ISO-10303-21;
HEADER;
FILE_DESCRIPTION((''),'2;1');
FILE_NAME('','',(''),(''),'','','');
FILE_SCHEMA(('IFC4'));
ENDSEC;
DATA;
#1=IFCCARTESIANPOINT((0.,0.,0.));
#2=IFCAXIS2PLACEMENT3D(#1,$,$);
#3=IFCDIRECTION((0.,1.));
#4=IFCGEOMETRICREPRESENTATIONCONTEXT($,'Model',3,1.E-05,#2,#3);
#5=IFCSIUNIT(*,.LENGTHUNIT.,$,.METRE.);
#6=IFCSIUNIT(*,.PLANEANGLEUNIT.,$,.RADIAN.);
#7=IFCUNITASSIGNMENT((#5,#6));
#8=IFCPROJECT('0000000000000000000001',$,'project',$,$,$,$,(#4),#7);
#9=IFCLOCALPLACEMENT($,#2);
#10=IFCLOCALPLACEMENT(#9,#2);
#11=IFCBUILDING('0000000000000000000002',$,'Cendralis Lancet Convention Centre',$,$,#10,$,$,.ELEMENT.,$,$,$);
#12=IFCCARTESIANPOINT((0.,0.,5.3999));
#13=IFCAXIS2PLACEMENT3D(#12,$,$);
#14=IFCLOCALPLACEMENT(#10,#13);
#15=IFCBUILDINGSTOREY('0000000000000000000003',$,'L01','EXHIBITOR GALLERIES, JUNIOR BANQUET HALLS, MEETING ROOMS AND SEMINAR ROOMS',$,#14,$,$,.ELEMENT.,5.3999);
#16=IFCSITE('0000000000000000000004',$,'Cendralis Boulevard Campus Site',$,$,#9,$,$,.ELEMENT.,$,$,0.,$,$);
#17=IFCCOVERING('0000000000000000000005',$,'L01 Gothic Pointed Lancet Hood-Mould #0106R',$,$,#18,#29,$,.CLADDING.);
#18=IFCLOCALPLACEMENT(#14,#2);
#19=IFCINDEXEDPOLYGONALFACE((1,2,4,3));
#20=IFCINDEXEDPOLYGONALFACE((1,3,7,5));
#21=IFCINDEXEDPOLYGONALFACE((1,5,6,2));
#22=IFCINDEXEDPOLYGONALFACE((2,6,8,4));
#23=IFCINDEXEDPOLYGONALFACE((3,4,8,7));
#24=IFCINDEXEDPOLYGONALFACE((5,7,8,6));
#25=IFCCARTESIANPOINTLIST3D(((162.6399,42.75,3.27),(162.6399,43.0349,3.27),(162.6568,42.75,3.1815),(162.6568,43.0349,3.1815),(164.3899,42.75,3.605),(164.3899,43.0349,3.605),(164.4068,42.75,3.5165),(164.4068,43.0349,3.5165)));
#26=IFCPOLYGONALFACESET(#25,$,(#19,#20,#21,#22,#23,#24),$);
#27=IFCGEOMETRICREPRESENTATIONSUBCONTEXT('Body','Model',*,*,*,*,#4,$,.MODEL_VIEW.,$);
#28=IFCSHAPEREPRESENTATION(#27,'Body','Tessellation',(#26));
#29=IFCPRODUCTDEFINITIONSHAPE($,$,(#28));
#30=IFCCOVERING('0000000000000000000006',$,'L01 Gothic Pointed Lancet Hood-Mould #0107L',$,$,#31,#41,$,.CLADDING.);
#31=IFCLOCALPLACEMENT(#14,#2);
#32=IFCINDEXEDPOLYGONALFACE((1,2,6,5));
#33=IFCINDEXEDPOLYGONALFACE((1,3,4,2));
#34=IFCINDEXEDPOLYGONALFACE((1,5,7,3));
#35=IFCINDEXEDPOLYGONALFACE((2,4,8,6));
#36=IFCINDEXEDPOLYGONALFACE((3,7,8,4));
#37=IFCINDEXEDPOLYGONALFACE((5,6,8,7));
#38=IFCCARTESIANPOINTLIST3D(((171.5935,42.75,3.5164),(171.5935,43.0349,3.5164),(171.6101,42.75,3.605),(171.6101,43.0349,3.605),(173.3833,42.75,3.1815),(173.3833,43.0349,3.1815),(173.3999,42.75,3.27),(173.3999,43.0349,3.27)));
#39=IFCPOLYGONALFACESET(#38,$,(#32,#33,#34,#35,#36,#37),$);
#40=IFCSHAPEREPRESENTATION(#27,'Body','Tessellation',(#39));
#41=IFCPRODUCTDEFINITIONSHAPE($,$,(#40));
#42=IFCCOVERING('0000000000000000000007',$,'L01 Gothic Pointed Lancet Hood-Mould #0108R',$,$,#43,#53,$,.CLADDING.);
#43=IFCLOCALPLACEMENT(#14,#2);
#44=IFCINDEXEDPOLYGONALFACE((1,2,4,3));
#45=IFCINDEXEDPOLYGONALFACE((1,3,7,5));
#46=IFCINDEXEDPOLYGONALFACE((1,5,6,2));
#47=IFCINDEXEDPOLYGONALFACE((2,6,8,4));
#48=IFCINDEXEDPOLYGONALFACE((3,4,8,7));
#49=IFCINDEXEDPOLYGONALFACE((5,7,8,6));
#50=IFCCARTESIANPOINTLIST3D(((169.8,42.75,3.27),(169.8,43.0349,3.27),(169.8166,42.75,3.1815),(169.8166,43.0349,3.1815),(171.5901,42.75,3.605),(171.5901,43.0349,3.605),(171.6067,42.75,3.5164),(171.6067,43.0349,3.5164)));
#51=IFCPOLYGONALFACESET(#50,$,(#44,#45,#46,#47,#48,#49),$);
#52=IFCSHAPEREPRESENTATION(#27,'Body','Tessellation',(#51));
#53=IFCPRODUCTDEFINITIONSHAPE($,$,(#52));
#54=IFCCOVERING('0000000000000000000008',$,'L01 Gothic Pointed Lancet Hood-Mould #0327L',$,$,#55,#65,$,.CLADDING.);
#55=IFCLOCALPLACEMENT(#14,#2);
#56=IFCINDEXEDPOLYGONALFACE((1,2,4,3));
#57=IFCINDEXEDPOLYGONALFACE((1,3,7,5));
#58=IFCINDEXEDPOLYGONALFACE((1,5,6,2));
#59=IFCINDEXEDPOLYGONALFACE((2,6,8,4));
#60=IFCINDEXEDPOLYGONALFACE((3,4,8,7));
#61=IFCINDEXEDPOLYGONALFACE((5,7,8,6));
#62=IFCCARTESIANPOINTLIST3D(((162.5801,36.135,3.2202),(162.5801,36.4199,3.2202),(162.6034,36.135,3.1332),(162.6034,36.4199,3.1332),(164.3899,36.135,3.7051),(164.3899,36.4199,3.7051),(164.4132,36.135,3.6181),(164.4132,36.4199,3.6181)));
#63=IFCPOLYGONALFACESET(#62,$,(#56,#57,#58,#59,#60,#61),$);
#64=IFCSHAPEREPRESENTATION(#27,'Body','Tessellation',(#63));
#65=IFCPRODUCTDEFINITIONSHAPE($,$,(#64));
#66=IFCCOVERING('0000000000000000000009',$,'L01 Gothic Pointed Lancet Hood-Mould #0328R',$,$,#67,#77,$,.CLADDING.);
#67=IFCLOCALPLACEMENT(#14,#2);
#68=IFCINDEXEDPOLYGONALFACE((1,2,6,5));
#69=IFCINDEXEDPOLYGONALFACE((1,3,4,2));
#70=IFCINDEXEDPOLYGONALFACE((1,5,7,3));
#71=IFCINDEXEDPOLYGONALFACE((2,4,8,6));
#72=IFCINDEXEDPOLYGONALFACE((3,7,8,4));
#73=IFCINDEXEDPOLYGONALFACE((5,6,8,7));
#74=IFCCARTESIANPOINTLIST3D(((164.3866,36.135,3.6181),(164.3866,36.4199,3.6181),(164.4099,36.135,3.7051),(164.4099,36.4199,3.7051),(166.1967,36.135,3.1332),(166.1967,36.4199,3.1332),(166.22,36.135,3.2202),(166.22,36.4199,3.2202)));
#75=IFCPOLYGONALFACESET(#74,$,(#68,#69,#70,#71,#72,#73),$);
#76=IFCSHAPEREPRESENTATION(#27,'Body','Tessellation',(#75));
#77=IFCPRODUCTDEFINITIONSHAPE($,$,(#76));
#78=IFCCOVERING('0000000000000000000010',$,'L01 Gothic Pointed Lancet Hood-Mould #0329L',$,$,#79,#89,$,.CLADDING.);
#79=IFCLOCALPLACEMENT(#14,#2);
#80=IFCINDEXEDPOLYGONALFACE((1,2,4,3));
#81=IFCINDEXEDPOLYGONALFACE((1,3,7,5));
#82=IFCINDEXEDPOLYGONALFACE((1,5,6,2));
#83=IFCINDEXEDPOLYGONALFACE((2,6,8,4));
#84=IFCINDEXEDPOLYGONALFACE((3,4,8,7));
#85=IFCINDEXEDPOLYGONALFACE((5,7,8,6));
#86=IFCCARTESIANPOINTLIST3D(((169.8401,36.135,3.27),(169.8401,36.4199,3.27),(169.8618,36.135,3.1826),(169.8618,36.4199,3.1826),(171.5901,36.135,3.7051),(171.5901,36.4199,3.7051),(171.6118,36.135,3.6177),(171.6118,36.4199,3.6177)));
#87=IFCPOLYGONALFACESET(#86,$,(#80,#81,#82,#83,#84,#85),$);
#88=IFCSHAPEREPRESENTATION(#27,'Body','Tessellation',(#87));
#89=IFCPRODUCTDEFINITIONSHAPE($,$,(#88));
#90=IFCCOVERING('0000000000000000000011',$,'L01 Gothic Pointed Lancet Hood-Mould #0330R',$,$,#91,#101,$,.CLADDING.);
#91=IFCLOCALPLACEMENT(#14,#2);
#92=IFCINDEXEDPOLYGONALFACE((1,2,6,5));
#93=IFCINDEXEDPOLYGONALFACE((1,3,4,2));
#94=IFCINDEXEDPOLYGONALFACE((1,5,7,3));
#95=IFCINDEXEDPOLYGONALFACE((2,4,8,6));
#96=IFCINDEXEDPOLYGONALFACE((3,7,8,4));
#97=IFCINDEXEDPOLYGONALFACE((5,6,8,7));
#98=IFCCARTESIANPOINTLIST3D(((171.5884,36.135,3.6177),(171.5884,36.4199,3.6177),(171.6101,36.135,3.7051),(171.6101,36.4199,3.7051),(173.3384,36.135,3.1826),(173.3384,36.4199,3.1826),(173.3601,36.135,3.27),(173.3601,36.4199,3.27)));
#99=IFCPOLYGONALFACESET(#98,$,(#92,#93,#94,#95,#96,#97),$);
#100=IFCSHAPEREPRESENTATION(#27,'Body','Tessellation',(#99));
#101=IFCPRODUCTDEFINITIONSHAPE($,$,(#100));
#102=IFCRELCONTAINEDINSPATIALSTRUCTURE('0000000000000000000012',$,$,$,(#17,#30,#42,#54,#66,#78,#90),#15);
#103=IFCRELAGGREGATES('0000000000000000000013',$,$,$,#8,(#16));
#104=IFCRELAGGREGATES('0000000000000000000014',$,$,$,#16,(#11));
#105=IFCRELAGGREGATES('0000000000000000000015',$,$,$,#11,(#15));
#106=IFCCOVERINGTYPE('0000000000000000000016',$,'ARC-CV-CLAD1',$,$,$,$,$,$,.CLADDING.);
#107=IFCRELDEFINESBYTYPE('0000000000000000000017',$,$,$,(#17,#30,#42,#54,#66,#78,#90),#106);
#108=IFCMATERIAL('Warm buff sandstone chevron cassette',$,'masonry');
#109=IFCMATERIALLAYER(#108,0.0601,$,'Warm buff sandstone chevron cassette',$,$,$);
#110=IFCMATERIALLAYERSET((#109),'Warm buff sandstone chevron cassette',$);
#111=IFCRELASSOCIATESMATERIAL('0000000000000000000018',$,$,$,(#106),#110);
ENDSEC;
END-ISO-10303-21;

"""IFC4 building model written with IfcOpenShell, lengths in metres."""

from ifc_helpers import new_model, si_unit, direction, frame, origin, place, context, subcontext, project, spatial, polyline, outline, extrude, material, layer, layer_set, type_object, element, save


model = new_model("IFC4")

# Units and contexts
model_context = context("Model", 3, precision=1e-05, world=origin(), true_north=direction((0.0, 1.0)))
body_context = subcontext(model_context, "Body", "Model", "MODEL_VIEW")
ifc_project = project(units=[si_unit("LENGTHUNIT", "METRE"), si_unit("PLANEANGLEUNIT", "RADIAN")], contexts=[model_context])

# Site, building, storey
site_placement = place(None, origin())
site = spatial("IfcSite", under=ifc_project, at=site_placement, Name="Cendralis Boulevard Campus Site", CompositionType="ELEMENT", RefElevation=0.0)
building_placement = place(site_placement, origin())
building = spatial("IfcBuilding", under=site, at=building_placement, Name="Cendralis Lancet Convention Centre", CompositionType="ELEMENT")
storey_placement = place(building_placement, frame((0.0, 0.0, 5.3999)))
storey = spatial("IfcBuildingStorey", under=building, at=storey_placement, Name="L01", Description="EXHIBITOR GALLERIES, JUNIOR BANQUET HALLS, MEETING ROOMS AND SEMINAR ROOMS", CompositionType="ELEMENT", Elevation=5.3999)

# Coverings
ifc_material_1 = material(Name="Warm buff sandstone chevron cassette", Category="masonry")
ifc_layer_1 = layer(ifc_material_1, 0.0601, Name="Warm buff sandstone chevron cassette")
ifc_layer_set_1 = layer_set([ifc_layer_1], Name="Warm buff sandstone chevron cassette")
covering_type = type_object("IfcCoveringType", Name="ARC-CV-CLAD1", PredefinedType="CLADDING", material=ifc_layer_set_1)
for number, where, z_axis, x_axis, name in (
    (1, (164.3899, 42.75, 3.605), (-0.187994, 0.0, 0.98217), (0.0, 1.0, 0.0), "L01 Gothic Pointed Lancet Hood-Mould #0106R"),
):
    element("IfcCovering", number, at=place(storey_placement, frame(where, z_axis=z_axis, x_axis=x_axis)), inside=storey, type_object=covering_type, Name=name, PredefinedType="CLADDING", context=body_context, shape_type="SweptSolid", body=[
        extrude(outline(polyline([(0.0, 0.0), (0.2849, 0.0), (0.2849, 1.7818), (0.0, 1.7818), (0.0, 0.0)])), origin(), (0.0, 0.0, -1.0), 0.0901),
    ])
covering_1_placement = place(storey_placement, frame((173.3999, 42.75, 3.27), z_axis=(0.183957, 0.0, 0.982934), x_axis=(0.0, 1.0, 0.0)))
element("IfcCovering", 2, at=covering_1_placement, inside=storey, type_object=covering_type, Name="L01 Gothic Pointed Lancet Hood-Mould #0107L", PredefinedType="CLADDING", context=body_context, shape_type="SweptSolid", body=[
    extrude(outline(polyline([(0.0, 0.0), (0.2849, 0.0), (0.2849, 1.8209), (0.0, 1.8209), (0.0, 0.0)])), origin(), (0.0, 0.0, -1.0), 0.0901),
])
covering_2_placement = place(storey_placement, frame((171.5901, 42.75, 3.605), z_axis=(-0.183932, 0.0, 0.982939), x_axis=(0.0, 1.0, 0.0)))
element("IfcCovering", 3, at=covering_2_placement, inside=storey, type_object=covering_type, Name="L01 Gothic Pointed Lancet Hood-Mould #0108R", PredefinedType="CLADDING", context=body_context, shape_type="SweptSolid", body=[
    extrude(outline(polyline([(0.0, 0.0), (0.2849, 0.0), (0.2849, 1.8211), (0.0, 1.8211), (0.0, 0.0)])), origin(), (0.0, 0.0, -1.0), 0.0901),
])
covering_3_placement = place(storey_placement, frame((162.5801, 36.4199, 3.2202), z_axis=(-0.258782, 0.0, 0.965936), x_axis=(0.0, -1.0, 0.0)))
element("IfcCovering", 4, at=covering_3_placement, inside=storey, type_object=covering_type, Name="L01 Gothic Pointed Lancet Hood-Mould #0327L", PredefinedType="CLADDING", context=body_context, shape_type="SweptSolid", body=[
    extrude(outline(polyline([(0.0, 0.0), (0.2849, 0.0), (0.2849, 1.8736), (0.0, 1.8736), (0.0, 0.0)])), origin(), (0.0, 0.0, -1.0), 0.0901),
])
covering_4_placement = place(storey_placement, frame((164.4099, 36.4199, 3.7051), z_axis=(0.258749, 0.0, 0.965945), x_axis=(0.0, -1.0, 0.0)))
element("IfcCovering", 5, at=covering_4_placement, inside=storey, type_object=covering_type, Name="L01 Gothic Pointed Lancet Hood-Mould #0328R", PredefinedType="CLADDING", context=body_context, shape_type="SweptSolid", body=[
    extrude(outline(polyline([(0.0, 0.0), (0.2849, 0.0), (0.2849, 1.8739), (0.0, 1.8739), (0.0, 0.0)])), origin(), (0.0, 0.0, -1.0), 0.0901),
])
for number, where, z_axis, x_axis, name in (
    (6, (169.8401, 36.4199, 3.27), (-0.241261, 0.0, 0.97046), (0.0, -1.0, 0.0), "L01 Gothic Pointed Lancet Hood-Mould #0329L"),
    (7, (171.6101, 36.4199, 3.7051), (0.241261, 0.0, 0.97046), (0.0, -1.0, 0.0), "L01 Gothic Pointed Lancet Hood-Mould #0330R"),
):
    element("IfcCovering", number, at=place(storey_placement, frame(where, z_axis=z_axis, x_axis=x_axis)), inside=storey, type_object=covering_type, Name=name, PredefinedType="CLADDING", context=body_context, shape_type="SweptSolid", body=[
        extrude(outline(polyline([(0.0, 0.0), (0.2849, 0.0), (0.2849, 1.8033), (0.0, 1.8033), (0.0, 0.0)])), origin(), (0.0, 0.0, -1.0), 0.0901),
    ])

save(model, "model.ifc")
